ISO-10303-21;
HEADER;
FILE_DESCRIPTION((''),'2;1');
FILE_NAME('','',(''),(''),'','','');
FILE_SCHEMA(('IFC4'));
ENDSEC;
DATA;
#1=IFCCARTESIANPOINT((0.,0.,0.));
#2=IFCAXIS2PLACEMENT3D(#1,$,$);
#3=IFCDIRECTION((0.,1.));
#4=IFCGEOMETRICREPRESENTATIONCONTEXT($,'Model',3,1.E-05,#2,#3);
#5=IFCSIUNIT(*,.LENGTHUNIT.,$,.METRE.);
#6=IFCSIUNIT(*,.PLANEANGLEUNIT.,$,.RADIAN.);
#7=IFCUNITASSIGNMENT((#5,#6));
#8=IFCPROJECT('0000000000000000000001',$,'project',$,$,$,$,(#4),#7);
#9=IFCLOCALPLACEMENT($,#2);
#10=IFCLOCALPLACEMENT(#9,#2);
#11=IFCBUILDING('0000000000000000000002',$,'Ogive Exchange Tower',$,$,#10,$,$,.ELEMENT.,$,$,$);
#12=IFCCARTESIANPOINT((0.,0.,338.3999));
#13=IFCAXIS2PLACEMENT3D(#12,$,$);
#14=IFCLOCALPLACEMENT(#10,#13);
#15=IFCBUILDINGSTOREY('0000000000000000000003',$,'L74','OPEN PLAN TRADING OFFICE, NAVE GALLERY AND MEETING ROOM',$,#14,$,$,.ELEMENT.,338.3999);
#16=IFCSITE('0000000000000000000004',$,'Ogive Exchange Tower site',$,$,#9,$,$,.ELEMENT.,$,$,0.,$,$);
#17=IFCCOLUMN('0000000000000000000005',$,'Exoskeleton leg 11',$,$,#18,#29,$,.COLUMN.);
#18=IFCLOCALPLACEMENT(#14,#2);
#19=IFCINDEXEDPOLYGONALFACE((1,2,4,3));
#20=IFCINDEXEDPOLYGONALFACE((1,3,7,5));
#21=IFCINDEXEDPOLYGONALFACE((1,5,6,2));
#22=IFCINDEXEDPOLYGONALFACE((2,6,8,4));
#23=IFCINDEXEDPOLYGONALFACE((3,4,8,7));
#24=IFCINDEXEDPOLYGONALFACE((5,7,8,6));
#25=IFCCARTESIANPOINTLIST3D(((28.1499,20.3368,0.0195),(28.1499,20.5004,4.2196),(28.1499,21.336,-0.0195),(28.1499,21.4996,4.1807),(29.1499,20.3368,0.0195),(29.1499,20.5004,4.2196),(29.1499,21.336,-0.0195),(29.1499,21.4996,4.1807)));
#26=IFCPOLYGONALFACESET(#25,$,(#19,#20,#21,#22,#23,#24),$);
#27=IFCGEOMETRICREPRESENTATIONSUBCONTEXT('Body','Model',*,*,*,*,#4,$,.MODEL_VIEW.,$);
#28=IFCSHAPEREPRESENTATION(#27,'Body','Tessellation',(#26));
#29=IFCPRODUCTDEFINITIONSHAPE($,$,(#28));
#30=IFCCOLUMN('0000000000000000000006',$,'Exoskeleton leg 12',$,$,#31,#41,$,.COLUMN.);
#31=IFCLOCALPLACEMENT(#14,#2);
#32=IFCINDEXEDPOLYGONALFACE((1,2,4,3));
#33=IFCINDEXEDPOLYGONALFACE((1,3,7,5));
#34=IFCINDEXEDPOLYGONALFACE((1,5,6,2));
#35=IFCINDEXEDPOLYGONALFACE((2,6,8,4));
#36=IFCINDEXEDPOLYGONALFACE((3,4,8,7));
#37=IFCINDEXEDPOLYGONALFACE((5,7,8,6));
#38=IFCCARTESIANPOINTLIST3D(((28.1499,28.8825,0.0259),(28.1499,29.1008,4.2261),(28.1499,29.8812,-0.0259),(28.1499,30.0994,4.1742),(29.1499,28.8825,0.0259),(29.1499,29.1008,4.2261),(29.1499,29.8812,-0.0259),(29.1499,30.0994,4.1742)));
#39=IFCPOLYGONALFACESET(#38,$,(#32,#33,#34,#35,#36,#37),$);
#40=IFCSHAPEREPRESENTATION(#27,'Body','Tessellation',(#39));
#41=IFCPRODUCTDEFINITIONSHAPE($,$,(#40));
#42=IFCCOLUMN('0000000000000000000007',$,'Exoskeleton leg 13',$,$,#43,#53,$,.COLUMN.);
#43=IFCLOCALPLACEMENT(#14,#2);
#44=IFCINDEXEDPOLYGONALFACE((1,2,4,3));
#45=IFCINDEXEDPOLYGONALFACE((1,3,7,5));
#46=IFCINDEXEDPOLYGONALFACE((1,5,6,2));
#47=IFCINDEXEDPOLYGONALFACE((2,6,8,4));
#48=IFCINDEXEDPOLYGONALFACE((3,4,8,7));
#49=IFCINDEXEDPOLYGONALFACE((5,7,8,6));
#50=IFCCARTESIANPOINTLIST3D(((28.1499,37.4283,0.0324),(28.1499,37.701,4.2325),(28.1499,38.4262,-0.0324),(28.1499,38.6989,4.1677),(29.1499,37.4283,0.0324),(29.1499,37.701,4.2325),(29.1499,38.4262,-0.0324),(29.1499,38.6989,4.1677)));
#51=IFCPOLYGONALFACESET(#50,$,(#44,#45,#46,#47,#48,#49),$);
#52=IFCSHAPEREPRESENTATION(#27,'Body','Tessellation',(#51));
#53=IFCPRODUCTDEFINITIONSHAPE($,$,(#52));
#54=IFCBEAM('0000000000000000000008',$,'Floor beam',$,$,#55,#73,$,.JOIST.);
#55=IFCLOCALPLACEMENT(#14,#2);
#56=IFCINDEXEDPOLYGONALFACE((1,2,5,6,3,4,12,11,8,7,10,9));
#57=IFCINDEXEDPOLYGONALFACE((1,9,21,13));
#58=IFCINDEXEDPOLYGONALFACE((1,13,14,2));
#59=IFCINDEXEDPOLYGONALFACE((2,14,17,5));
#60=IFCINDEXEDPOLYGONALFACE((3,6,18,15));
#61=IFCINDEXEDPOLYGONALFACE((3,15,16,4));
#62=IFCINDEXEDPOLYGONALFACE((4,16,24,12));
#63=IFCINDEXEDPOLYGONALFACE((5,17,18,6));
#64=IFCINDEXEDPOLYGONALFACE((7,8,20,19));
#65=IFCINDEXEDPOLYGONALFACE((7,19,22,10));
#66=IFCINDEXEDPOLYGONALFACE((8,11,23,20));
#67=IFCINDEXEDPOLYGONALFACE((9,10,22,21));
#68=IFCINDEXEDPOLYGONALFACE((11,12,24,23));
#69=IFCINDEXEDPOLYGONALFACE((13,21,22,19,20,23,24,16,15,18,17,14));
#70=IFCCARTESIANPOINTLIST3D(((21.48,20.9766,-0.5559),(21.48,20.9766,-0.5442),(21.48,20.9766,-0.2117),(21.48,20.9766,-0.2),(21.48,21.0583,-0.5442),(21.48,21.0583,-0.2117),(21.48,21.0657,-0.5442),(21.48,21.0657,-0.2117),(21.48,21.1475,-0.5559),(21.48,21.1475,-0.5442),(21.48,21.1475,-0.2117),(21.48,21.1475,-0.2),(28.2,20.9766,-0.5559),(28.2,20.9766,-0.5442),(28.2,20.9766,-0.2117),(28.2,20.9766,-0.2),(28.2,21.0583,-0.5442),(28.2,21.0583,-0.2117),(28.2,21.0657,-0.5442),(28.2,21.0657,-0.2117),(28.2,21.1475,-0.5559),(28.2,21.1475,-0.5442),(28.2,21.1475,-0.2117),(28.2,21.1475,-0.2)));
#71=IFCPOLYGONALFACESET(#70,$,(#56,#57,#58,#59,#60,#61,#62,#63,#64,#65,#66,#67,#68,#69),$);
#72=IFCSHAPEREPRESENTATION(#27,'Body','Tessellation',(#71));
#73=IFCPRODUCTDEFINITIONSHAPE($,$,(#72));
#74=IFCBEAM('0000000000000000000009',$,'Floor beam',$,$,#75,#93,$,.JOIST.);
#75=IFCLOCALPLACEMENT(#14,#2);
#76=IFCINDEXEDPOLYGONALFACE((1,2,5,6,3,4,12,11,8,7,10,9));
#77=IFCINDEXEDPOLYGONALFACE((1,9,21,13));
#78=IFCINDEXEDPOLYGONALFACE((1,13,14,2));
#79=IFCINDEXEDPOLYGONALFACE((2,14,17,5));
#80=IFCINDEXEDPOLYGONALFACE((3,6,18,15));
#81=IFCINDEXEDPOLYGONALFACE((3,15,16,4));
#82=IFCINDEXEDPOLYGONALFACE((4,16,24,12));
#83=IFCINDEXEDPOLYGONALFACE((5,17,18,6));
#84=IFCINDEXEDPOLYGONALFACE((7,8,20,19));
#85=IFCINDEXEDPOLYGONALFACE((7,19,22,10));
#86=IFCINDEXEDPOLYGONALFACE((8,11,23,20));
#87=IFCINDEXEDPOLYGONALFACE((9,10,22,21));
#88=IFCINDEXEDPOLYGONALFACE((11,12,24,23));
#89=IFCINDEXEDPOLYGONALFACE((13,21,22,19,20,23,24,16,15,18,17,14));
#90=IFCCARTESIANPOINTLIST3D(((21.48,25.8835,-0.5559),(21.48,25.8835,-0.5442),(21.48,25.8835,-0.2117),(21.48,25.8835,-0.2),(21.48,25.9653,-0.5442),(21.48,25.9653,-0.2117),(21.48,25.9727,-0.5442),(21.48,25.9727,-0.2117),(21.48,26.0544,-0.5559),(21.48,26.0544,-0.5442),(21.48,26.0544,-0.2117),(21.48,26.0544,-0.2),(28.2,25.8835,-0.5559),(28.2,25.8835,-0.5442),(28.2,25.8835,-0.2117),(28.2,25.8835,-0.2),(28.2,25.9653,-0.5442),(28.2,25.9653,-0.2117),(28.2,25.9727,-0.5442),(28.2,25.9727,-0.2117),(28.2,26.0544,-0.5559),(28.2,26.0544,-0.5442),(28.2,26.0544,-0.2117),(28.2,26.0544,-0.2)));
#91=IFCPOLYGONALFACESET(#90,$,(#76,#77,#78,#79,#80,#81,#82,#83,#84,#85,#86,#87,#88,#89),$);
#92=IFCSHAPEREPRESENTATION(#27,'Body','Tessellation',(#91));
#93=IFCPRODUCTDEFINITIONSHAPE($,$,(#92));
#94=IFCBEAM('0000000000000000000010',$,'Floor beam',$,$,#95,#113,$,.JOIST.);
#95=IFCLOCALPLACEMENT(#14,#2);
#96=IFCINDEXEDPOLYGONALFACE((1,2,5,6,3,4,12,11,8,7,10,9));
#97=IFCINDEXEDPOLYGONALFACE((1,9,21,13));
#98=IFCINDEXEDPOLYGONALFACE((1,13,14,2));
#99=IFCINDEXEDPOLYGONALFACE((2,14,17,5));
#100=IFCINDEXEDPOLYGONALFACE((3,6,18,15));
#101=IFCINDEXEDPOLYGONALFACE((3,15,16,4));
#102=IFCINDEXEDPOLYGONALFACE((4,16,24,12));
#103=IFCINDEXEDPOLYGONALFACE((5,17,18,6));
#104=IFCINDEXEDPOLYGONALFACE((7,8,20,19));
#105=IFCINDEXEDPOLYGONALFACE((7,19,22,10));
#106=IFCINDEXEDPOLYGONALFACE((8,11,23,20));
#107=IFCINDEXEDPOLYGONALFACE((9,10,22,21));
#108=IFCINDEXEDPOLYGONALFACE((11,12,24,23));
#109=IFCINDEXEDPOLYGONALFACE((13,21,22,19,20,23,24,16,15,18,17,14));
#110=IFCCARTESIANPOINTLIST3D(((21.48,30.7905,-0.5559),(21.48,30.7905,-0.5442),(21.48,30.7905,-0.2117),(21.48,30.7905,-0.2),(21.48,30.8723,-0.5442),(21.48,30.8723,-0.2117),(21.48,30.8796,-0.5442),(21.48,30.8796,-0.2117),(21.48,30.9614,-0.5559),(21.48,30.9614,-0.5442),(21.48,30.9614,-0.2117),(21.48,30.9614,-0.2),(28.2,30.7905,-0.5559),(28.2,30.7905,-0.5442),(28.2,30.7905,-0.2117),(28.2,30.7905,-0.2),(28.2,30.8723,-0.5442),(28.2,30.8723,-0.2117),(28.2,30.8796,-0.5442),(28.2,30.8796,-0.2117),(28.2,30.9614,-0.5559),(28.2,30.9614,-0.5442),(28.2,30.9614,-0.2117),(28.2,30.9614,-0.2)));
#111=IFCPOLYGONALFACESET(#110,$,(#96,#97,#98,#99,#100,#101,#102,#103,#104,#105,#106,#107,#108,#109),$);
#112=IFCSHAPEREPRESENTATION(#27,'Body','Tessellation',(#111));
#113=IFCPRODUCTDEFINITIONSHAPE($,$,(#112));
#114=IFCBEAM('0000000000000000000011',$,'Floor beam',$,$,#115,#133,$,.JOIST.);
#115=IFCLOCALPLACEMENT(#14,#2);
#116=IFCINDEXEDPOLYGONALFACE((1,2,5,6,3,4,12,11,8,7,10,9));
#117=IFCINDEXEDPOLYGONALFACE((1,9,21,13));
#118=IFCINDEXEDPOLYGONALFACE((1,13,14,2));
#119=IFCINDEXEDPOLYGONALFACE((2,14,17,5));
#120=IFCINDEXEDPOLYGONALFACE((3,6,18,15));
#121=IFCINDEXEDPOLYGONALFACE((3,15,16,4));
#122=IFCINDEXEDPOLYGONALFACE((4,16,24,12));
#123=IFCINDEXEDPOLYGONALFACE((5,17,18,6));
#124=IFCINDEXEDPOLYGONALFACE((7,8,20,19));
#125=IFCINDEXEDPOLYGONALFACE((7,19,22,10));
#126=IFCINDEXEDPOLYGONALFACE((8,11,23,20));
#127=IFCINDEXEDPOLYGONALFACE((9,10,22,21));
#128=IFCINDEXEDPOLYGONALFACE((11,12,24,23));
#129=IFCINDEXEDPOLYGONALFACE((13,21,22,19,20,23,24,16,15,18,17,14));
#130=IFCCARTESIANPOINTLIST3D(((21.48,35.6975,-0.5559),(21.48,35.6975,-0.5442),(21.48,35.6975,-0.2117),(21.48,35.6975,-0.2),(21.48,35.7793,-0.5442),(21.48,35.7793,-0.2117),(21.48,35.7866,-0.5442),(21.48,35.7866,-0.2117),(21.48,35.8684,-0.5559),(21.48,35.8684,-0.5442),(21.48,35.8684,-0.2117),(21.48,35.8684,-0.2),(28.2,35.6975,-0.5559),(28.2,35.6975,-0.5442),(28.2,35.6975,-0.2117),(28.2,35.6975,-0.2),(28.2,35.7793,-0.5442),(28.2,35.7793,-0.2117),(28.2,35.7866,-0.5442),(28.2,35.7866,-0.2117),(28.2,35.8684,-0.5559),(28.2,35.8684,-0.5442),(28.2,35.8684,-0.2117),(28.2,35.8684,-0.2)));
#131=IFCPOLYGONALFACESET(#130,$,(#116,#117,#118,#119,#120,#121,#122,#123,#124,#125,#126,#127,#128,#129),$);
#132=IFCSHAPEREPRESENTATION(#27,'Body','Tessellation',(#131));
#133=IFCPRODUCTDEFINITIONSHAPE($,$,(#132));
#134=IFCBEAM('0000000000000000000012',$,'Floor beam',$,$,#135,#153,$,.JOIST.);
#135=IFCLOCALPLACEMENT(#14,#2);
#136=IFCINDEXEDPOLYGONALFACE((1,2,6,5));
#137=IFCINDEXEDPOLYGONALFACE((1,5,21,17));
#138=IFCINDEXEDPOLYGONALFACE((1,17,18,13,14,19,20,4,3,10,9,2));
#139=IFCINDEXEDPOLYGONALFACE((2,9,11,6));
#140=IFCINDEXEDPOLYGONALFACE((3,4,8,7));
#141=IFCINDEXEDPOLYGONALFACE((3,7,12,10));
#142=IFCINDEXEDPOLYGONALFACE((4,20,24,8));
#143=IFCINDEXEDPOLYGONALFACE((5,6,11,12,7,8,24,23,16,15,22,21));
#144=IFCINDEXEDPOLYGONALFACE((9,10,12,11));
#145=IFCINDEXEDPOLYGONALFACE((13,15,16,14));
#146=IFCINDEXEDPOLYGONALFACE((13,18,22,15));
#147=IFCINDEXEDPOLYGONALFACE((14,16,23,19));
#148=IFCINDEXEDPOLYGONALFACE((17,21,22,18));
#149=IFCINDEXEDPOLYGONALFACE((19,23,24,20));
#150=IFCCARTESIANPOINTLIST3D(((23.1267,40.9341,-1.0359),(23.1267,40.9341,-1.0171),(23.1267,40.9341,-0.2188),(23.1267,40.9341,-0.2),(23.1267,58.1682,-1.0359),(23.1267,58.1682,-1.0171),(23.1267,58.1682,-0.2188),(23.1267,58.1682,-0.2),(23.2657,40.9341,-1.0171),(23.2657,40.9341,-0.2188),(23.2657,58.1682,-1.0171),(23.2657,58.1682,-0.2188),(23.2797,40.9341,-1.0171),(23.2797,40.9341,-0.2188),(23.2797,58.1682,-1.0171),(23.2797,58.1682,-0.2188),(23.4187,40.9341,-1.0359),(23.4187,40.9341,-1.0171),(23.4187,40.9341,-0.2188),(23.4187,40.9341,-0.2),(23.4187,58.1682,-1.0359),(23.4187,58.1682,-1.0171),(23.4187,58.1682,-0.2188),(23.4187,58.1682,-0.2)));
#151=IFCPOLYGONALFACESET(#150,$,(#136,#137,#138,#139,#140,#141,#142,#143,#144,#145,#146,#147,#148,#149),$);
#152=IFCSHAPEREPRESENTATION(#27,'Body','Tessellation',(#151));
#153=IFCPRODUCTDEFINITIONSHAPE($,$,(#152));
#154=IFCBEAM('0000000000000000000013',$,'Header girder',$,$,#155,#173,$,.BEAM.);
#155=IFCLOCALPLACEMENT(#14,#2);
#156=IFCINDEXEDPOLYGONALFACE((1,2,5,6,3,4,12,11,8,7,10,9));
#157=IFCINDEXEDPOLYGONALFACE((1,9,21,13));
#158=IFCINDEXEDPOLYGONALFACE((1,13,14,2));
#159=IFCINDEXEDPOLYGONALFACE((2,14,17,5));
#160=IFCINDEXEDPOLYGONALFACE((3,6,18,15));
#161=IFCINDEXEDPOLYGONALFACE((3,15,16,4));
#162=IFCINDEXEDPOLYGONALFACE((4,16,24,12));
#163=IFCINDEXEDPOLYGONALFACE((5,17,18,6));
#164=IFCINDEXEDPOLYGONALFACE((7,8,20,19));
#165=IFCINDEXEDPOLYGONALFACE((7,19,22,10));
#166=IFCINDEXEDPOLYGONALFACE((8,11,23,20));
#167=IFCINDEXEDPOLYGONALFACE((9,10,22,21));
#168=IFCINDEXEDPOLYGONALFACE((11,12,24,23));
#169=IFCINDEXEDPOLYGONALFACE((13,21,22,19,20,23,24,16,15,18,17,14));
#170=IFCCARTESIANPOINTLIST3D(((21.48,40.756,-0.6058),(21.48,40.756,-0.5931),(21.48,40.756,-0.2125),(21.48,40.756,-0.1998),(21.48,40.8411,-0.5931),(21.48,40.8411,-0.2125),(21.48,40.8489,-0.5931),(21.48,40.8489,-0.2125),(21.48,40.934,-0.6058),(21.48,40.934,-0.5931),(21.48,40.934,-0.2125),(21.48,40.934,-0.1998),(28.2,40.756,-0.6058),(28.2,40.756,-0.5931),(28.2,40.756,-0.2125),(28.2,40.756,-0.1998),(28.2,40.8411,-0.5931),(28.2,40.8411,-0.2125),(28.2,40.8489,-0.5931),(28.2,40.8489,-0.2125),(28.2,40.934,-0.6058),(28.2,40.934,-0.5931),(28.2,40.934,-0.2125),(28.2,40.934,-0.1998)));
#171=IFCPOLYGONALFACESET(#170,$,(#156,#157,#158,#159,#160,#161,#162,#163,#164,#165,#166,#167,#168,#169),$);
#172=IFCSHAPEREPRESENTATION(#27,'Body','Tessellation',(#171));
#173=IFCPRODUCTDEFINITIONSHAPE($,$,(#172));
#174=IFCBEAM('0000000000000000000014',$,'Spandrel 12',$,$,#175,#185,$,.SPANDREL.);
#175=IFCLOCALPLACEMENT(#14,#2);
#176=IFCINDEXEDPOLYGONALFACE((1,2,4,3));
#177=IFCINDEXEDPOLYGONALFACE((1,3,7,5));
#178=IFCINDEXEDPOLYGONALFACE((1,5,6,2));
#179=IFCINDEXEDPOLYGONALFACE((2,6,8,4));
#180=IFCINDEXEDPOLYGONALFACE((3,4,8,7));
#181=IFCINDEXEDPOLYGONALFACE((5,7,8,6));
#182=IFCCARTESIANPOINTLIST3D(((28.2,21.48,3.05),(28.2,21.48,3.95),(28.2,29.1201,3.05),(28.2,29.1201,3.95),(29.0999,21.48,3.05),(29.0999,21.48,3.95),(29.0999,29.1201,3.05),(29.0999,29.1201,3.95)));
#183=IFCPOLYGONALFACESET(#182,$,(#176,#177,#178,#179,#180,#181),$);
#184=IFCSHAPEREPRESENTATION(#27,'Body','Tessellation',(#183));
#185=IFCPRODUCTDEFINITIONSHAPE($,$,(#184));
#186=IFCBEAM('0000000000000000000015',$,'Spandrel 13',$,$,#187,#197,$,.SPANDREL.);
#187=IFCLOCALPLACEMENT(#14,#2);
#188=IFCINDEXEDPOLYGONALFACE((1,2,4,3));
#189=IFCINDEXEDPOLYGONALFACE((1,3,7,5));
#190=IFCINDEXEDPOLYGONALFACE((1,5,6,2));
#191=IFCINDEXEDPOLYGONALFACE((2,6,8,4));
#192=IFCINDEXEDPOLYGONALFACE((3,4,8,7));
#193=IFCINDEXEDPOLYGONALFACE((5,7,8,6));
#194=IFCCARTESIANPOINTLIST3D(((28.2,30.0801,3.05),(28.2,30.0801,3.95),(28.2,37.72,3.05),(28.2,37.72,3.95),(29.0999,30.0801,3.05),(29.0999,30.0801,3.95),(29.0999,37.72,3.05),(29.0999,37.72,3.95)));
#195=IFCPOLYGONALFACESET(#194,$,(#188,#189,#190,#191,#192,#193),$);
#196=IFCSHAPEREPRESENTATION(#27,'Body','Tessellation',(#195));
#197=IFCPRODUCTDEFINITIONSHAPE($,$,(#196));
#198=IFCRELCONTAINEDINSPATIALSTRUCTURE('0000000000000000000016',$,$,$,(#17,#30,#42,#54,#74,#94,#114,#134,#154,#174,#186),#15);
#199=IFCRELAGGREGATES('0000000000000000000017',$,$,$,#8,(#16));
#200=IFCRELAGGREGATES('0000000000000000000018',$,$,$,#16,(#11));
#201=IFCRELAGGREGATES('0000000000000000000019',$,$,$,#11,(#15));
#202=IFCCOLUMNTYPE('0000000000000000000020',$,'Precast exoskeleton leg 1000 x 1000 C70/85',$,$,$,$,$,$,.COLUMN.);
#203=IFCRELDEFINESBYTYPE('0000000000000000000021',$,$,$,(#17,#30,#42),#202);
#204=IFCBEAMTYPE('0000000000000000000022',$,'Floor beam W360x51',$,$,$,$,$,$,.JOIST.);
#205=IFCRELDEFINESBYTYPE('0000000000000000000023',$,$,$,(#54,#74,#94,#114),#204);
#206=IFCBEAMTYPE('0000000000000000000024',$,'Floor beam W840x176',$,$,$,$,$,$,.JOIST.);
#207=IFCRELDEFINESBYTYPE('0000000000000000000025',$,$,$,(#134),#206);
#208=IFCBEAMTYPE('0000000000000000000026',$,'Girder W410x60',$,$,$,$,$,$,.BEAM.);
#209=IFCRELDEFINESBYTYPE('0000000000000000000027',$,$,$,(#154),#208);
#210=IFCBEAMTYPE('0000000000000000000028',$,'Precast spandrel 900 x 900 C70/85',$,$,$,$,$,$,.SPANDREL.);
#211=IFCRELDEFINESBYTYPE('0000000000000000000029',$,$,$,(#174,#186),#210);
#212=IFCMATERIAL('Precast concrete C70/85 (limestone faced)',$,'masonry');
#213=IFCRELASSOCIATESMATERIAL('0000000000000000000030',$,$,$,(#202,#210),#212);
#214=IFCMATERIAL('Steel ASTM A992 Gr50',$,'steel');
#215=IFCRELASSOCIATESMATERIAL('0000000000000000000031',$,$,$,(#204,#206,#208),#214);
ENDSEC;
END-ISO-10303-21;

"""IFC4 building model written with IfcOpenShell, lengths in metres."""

from ifc_helpers import new_model, si_unit, direction, frame, origin, origin_2d, place, context, subcontext, project, spatial, rectangle, i_section, extrude, material, material_profile, profile_set, type_object, element, save


model = new_model("IFC4")

# Units and contexts
model_context = context("Model", 3, precision=1e-05, world=origin(), true_north=direction((0.0, 1.0)))
body_context = subcontext(model_context, "Body", "Model", "MODEL_VIEW")
ifc_project = project(units=[si_unit("LENGTHUNIT", "METRE"), si_unit("PLANEANGLEUNIT", "RADIAN")], contexts=[model_context])

# Site, building, storey
site_placement = place(None, origin())
site = spatial("IfcSite", under=ifc_project, at=site_placement, Name="Ogive Exchange Tower site", CompositionType="ELEMENT", RefElevation=0.0)
building_placement = place(site_placement, origin())
building = spatial("IfcBuilding", under=site, at=building_placement, Name="Ogive Exchange Tower", CompositionType="ELEMENT")
storey_placement = place(building_placement, frame((0.0, 0.0, 338.3999)))
storey = spatial("IfcBuildingStorey", under=building, at=storey_placement, Name="L74", Description="OPEN PLAN TRADING OFFICE, NAVE GALLERY AND MEETING ROOM", CompositionType="ELEMENT", Elevation=338.3999)

# Columns
ifc_material_1 = material(Name="Precast concrete C70/85 (limestone faced)", Category="masonry")
ifc_material_profile_1 = material_profile(ifc_material_1, rectangle(XDim=1.0, YDim=1.0, at=origin_2d()), Name="1000 x 1000")
ifc_profile_set_1 = profile_set([ifc_material_profile_1], Name="Precast concrete C70/85 (limestone faced)")
column_type = type_object("IfcColumnType", Name="Precast exoskeleton leg 1000 x 1000 C70/85", PredefinedType="COLUMN", material=ifc_profile_set_1)
column_1_placement = place(storey_placement, frame((28.6499, 20.8364, 0.0), z_axis=(0.0, 0.038915, 0.999243), x_axis=(-1.0, 0.0, 0.0)))
element("IfcColumn", 1, at=column_1_placement, inside=storey, type_object=column_type, Name="Exoskeleton leg 11", PredefinedType="COLUMN", context=body_context, shape_type="SweptSolid", body=[
    extrude(rectangle(XDim=1.0, YDim=1.0, at=origin_2d()), origin(), (0.0, 0.0, 1.0), 4.2034),
])
column_2_placement = place(storey_placement, frame((28.6499, 29.3818, 0.0), z_axis=(0.0, 0.051895, 0.998653), x_axis=(-1.0, 0.0, 0.0)))
element("IfcColumn", 2, at=column_2_placement, inside=storey, type_object=column_type, Name="Exoskeleton leg 12", PredefinedType="COLUMN", context=body_context, shape_type="SweptSolid", body=[
    extrude(rectangle(XDim=1.0, YDim=1.0, at=origin_2d()), origin(), (0.0, 0.0, 1.0), 4.2058),
])
column_3_placement = place(storey_placement, frame((28.6499, 37.9272, 0.0), z_axis=(0.0, 0.06479, 0.997899), x_axis=(-1.0, 0.0, 0.0)))
element("IfcColumn", 3, at=column_3_placement, inside=storey, type_object=column_type, Name="Exoskeleton leg 13", PredefinedType="COLUMN", context=body_context, shape_type="SweptSolid", body=[
    extrude(rectangle(XDim=1.0, YDim=1.0, at=origin_2d()), origin(), (0.0, 0.0, 1.0), 4.209),
])

# Beams
ifc_material_2 = material(Name="Steel ASTM A992 Gr50", Category="steel")
ifc_material_profile_2 = material_profile(ifc_material_2, i_section(OverallWidth=0.1709, OverallDepth=0.356, WebThickness=0.0073, FlangeThickness=0.0117, at=origin_2d()), Name="W360x51")
ifc_profile_set_2 = profile_set([ifc_material_profile_2], Name="Steel ASTM A992 Gr50")
beam_type_1 = type_object("IfcBeamType", Name="Floor beam W360x51", PredefinedType="JOIST", material=ifc_profile_set_2)
for number, where, z_axis, x_axis, name in (
    (4, (21.48, 21.062, -0.3779), (1.0, 0.0, 0.0), (0.0, 1.0, 0.0), "Floor beam"),
    (5, (21.48, 25.969, -0.3779), (1.0, 0.0, 0.0), (0.0, 1.0, 0.0), "Floor beam"),
    (6, (21.48, 30.876, -0.3779), (1.0, 0.0, 0.0), (0.0, 1.0, 0.0), "Floor beam"),
    (7, (21.48, 35.783, -0.3779), (1.0, 0.0, 0.0), (0.0, 1.0, 0.0), "Floor beam"),
):
    element("IfcBeam", number, at=place(storey_placement, frame(where, z_axis=z_axis, x_axis=x_axis)), inside=storey, type_object=beam_type_1, Name=name, PredefinedType="JOIST", context=body_context, shape_type="SweptSolid", body=[
        extrude(i_section(OverallWidth=0.1709, OverallDepth=0.356, WebThickness=0.0073, FlangeThickness=0.0117, at=origin_2d()), origin(), (0.0, 0.0, 1.0), 6.72),
    ])
ifc_material_profile_3 = material_profile(ifc_material_2, i_section(OverallWidth=0.292, OverallDepth=0.8359, WebThickness=0.0139, FlangeThickness=0.0188, at=origin_2d()), Name="W840x176")
ifc_profile_set_3 = profile_set([ifc_material_profile_3], Name="Steel ASTM A992 Gr50")
beam_type_2 = type_object("IfcBeamType", Name="Floor beam W840x176", PredefinedType="JOIST", material=ifc_profile_set_3)
beam_1_placement = place(storey_placement, frame((23.2727, 40.9341, -0.6179), z_axis=(0.0, 1.0, 0.0), x_axis=(-1.0, 0.0, 0.0)))
element("IfcBeam", 8, at=beam_1_placement, inside=storey, type_object=beam_type_2, Name="Floor beam", PredefinedType="JOIST", context=body_context, shape_type="SweptSolid", body=[
    extrude(i_section(OverallWidth=0.292, OverallDepth=0.8359, WebThickness=0.0139, FlangeThickness=0.0188, at=origin_2d()), origin(), (0.0, 0.0, 1.0), 17.2341),
])
ifc_material_profile_4 = material_profile(ifc_material_2, i_section(OverallWidth=0.178, OverallDepth=0.406, WebThickness=0.0078, FlangeThickness=0.0127, at=origin_2d()), Name="W410x60")
ifc_profile_set_4 = profile_set([ifc_material_profile_4], Name="Steel ASTM A992 Gr50")
beam_type_3 = type_object("IfcBeamType", Name="Girder W410x60", PredefinedType="BEAM", material=ifc_profile_set_4)
beam_2_placement = place(storey_placement, frame((21.48, 40.845, -0.4028), z_axis=(1.0, 0.0, 0.0), x_axis=(0.0, 1.0, 0.0)))
element("IfcBeam", 9, at=beam_2_placement, inside=storey, type_object=beam_type_3, Name="Header girder", PredefinedType="BEAM", context=body_context, shape_type="SweptSolid", body=[
    extrude(i_section(OverallWidth=0.178, OverallDepth=0.406, WebThickness=0.0078, FlangeThickness=0.0127, at=origin_2d()), origin(), (0.0, 0.0, 1.0), 6.72),
])
ifc_material_profile_5 = material_profile(ifc_material_1, rectangle(XDim=0.8999, YDim=0.8999, at=origin_2d()), Name="900 x 900")
ifc_profile_set_5 = profile_set([ifc_material_profile_5], Name="Precast concrete C70/85 (limestone faced)")
beam_type_4 = type_object("IfcBeamType", Name="Precast spandrel 900 x 900 C70/85", PredefinedType="SPANDREL", material=ifc_profile_set_5)
beam_3_placement = place(storey_placement, frame((28.6499, 21.48, 3.5), z_axis=(0.0, 1.0, 0.0), x_axis=(-1.0, 0.0, 0.0)))
element("IfcBeam", 10, at=beam_3_placement, inside=storey, type_object=beam_type_4, Name="Spandrel 12", PredefinedType="SPANDREL", context=body_context, shape_type="SweptSolid", body=[
    extrude(rectangle(XDim=0.8999, YDim=0.8999, at=origin_2d()), origin(), (0.0, 0.0, 1.0), 7.6401),
])
beam_4_placement = place(storey_placement, frame((28.6499, 30.0801, 3.5), z_axis=(0.0, 1.0, 0.0), x_axis=(-1.0, 0.0, 0.0)))
element("IfcBeam", 11, at=beam_4_placement, inside=storey, type_object=beam_type_4, Name="Spandrel 13", PredefinedType="SPANDREL", context=body_context, shape_type="SweptSolid", body=[
    extrude(rectangle(XDim=0.8999, YDim=0.8999, at=origin_2d()), origin(), (0.0, 0.0, 1.0), 7.6399),
])

save(model, "model.ifc")
